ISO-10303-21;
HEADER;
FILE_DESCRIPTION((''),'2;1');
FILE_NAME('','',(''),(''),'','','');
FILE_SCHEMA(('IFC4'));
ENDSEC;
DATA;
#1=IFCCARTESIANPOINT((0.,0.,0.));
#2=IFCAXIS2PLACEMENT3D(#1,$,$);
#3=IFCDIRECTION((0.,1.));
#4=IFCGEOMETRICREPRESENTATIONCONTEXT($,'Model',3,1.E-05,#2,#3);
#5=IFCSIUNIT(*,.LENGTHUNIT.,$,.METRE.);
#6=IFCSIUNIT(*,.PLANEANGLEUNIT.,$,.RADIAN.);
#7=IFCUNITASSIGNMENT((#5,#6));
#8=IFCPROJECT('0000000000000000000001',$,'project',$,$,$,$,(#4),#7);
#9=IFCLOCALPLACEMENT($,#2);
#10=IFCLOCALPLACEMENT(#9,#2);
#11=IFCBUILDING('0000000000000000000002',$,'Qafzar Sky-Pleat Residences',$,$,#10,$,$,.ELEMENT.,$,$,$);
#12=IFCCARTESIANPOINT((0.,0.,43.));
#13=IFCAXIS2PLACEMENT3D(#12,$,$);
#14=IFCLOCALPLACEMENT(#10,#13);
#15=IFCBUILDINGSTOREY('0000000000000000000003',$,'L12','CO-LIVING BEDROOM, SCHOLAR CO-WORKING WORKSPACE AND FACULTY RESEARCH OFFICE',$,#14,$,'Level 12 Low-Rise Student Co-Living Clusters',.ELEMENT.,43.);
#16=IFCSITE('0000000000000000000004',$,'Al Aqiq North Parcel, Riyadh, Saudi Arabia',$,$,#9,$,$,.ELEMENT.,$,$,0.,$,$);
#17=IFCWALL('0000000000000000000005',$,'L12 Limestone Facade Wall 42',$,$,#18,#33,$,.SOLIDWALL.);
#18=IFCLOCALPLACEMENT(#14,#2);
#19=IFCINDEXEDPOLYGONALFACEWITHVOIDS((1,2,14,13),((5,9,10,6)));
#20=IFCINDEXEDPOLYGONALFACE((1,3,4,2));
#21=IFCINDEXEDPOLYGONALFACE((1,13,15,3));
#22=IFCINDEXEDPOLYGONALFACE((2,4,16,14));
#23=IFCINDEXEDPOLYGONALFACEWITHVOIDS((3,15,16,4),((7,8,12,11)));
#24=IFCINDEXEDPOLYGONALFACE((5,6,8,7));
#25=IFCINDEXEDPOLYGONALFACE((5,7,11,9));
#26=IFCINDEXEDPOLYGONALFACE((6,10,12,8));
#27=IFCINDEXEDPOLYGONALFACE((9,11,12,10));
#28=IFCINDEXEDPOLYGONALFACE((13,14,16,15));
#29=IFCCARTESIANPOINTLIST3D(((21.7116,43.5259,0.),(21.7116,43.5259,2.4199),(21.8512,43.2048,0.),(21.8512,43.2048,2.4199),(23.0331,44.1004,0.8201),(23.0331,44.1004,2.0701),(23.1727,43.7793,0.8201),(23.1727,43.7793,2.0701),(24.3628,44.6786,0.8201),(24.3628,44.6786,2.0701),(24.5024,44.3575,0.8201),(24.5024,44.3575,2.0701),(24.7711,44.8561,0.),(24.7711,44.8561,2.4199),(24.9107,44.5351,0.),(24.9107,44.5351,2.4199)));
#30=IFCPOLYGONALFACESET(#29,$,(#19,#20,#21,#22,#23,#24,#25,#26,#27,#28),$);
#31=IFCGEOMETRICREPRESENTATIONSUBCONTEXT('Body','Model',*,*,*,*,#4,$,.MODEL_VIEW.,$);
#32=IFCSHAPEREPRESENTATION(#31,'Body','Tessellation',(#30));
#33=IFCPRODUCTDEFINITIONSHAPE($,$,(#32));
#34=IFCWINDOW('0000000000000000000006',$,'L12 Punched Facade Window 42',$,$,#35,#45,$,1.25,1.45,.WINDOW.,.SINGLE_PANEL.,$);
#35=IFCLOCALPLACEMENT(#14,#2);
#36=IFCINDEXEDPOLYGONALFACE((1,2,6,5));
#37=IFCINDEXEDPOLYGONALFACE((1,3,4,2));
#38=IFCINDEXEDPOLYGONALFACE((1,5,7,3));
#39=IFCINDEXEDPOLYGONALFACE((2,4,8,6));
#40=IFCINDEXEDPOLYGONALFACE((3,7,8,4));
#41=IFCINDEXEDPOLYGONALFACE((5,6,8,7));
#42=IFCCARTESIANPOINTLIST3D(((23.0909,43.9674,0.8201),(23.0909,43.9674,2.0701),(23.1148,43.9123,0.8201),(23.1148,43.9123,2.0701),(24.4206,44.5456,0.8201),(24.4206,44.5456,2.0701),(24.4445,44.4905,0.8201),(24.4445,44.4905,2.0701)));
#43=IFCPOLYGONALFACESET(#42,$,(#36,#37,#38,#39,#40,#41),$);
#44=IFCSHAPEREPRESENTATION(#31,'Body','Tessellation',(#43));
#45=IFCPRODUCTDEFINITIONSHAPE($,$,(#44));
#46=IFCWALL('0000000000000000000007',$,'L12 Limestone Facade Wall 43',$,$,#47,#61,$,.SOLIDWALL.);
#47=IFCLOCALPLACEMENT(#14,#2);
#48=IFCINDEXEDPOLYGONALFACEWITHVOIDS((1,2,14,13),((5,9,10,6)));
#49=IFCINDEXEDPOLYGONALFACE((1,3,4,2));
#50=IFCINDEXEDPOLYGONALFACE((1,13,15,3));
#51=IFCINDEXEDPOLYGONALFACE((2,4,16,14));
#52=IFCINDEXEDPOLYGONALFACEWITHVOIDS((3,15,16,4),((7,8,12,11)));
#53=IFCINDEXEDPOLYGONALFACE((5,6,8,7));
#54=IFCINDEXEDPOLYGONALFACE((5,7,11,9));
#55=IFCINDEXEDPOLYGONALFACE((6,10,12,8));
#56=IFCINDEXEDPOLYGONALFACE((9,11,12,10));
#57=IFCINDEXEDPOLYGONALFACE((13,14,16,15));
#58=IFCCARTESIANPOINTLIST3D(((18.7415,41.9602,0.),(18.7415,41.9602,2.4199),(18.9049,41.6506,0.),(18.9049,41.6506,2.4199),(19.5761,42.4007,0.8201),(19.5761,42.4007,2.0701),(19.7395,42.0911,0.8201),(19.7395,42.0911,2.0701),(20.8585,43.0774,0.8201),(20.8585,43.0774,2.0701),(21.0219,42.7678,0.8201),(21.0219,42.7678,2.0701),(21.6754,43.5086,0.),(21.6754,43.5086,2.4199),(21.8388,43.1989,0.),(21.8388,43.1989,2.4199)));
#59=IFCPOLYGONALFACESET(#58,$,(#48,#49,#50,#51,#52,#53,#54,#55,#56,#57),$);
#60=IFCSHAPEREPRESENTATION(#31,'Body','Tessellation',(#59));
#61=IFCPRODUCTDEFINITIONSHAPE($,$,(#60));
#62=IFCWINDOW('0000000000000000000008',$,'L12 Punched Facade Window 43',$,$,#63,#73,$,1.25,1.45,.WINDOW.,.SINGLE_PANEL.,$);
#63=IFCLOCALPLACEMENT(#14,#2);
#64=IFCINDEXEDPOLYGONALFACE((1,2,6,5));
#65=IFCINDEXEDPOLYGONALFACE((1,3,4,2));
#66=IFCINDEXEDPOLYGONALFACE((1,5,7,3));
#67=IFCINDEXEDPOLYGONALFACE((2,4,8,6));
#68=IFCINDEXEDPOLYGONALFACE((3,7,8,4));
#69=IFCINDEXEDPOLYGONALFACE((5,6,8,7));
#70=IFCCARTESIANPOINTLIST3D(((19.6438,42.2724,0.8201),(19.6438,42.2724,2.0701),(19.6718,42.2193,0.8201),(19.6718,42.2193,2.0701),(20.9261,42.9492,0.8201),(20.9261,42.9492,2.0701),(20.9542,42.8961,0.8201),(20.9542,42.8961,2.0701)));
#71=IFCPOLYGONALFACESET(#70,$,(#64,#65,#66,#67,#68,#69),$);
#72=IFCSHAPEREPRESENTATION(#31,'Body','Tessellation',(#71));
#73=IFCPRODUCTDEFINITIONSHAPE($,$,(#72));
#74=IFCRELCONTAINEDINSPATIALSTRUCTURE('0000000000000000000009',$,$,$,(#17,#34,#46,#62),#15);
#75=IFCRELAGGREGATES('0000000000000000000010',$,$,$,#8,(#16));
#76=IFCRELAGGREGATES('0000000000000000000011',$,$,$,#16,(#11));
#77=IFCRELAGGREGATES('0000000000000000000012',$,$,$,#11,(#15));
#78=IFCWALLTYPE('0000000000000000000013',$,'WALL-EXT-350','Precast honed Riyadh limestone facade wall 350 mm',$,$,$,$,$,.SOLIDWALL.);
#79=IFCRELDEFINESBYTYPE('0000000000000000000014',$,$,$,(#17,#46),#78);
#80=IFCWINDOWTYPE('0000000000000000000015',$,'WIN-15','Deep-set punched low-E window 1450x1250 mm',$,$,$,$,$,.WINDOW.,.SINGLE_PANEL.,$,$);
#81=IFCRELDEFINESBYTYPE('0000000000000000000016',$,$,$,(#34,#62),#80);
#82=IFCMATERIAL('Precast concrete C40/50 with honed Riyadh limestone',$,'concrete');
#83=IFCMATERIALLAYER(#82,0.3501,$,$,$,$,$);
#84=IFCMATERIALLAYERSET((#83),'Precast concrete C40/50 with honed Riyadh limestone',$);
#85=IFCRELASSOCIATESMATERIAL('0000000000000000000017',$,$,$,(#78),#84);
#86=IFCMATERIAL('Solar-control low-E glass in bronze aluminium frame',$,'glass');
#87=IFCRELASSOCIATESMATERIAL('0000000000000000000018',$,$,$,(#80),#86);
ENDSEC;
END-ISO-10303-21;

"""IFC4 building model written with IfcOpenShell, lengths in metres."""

from ifc_helpers import new_model, si_unit, direction, frame, frame_2d, origin, place, context, subcontext, project, spatial, rectangle, extrude, source, transform, mapped, material, layer, layer_set, type_object, element, fill, save


model = new_model("IFC4")

# Units and contexts
model_context = context("Model", 3, precision=1e-05, world=origin(), true_north=direction((0.0, 1.0)))
body_context = subcontext(model_context, "Body", "Model", "MODEL_VIEW")
ifc_project = project(units=[si_unit("LENGTHUNIT", "METRE"), si_unit("PLANEANGLEUNIT", "RADIAN")], contexts=[model_context])

# Site, building, storey
site_placement = place(None, origin())
site = spatial("IfcSite", under=ifc_project, at=site_placement, Name="Al Aqiq North Parcel, Riyadh, Saudi Arabia", CompositionType="ELEMENT", RefElevation=0.0)
building_placement = place(site_placement, origin())
building = spatial("IfcBuilding", under=site, at=building_placement, Name="Qafzar Sky-Pleat Residences", CompositionType="ELEMENT")
storey_placement = place(building_placement, frame((0.0, 0.0, 43.0)))
storey = spatial("IfcBuildingStorey", under=building, at=storey_placement, Name="L12", Description="CO-LIVING BEDROOM, SCHOLAR CO-WORKING WORKSPACE AND FACULTY RESEARCH OFFICE", LongName="Level 12 Low-Rise Student Co-Living Clusters", CompositionType="ELEMENT", Elevation=43.0)

# Shared definitions
ifc_material_1 = material(Name="Precast concrete C40/50 with honed Riyadh limestone", Category="concrete")
ifc_layer_1 = layer(ifc_material_1, 0.3501)
ifc_layer_set_1 = layer_set([ifc_layer_1], Name="Precast concrete C40/50 with honed Riyadh limestone")
wall_type_1 = type_object("IfcWallType", Name="WALL-EXT-350", Description="Precast honed Riyadh limestone facade wall 350 mm", PredefinedType="SOLIDWALL", material=ifc_layer_set_1)

# Walls, openings, windows
wall_1_placement = place(storey_placement, frame((24.8408, 44.6956, 0.0), z_axis=(0.0, 0.0, 1.0), x_axis=(-0.917062, -0.398745, 0.0)))
wall_1 = element("IfcWall", 1, at=wall_1_placement, inside=storey, type_object=wall_type_1, Name="L12 Limestone Facade Wall 42", PredefinedType="SOLIDWALL", context=body_context, shape_type="SweptSolid", body=[
    extrude(rectangle(XDim=3.3362, YDim=0.3501, at=frame_2d((1.668, 0.0))), origin(), (0.0, 0.0, 1.0), 2.4199),
])
opening_1_placement = place(wall_1_placement, frame((0.4451, 0.0, 0.8201)))
opening_1 = element("IfcOpeningElement", 2, at=opening_1_placement, cuts=wall_1, PredefinedType="OPENING", context=body_context, shape_type="SweptSolid", body=[
    extrude(rectangle(XDim=1.45, YDim=1.25, at=frame_2d((0.7251, 0.625))), frame((0.0, 0.1851, 0.0), z_axis=(0.0, -1.0, 0.0), x_axis=(1.0, 0.0, 0.0)), (0.0, 0.0, 1.0), 0.3701),
])
ifc_material_2 = material(Name="Solar-control low-E glass in bronze aluminium frame", Category="glass")
window_type = type_object("IfcWindowType", Name="WIN-15", Description="Deep-set punched low-E window 1450x1250 mm", PartitioningType="SINGLE_PANEL", PredefinedType="WINDOW", material=ifc_material_2)
shared_shape_1 = source(origin(), body_context, "Body", "SweptSolid", [
    extrude(rectangle(XDim=1.45, YDim=1.25, at=frame_2d((0.7251, 0.625))), frame((0.0, 0.03, 0.0), z_axis=(0.0, -1.0, 0.0), x_axis=(1.0, 0.0, 0.0)), (0.0, 0.0, 1.0), 0.0601),
])
window_1_placement = place(opening_1_placement, origin())
window_1 = element("IfcWindow", 3, at=window_1_placement, inside=storey, type_object=window_type, Name="L12 Punched Facade Window 42", OverallHeight=1.25, OverallWidth=1.45, PartitioningType="SINGLE_PANEL", PredefinedType="WINDOW", context=body_context, shape_type="MappedRepresentation", body=[
    mapped(shared_shape_1, transform((0.0, 0.0, 0.0), x_axis=(1.0, 0.0, 0.0), y_axis=(0.0, 1.0, 0.0), z_axis=(0.0, 0.0, 1.0), scale=1.0)),
])
fill(opening_1, window_1)
wall_2_placement = place(storey_placement, frame((21.7571, 43.3538, 0.0), z_axis=(0.0, 0.0, 1.0), x_axis=(-0.884394, -0.466741, 0.0)))
wall_2 = element("IfcWall", 4, at=wall_2_placement, inside=storey, type_object=wall_type_1, Name="L12 Limestone Facade Wall 43", PredefinedType="SOLIDWALL", context=body_context, shape_type="SweptSolid", body=[
    extrude(rectangle(XDim=3.3174, YDim=0.3501, at=frame_2d((1.6587, 0.0))), origin(), (0.0, 0.0, 1.0), 2.4199),
])
opening_2_placement = place(wall_2_placement, frame((0.9236, 0.0, 0.8201)))
opening_2 = element("IfcOpeningElement", 5, at=opening_2_placement, cuts=wall_2, PredefinedType="OPENING", context=body_context, shape_type="SweptSolid", body=[
    extrude(rectangle(XDim=1.45, YDim=1.25, at=frame_2d((0.7251, 0.625))), frame((0.0, 0.1851, 0.0), z_axis=(0.0, -1.0, 0.0), x_axis=(1.0, 0.0, 0.0)), (0.0, 0.0, 1.0), 0.3701),
])
window_2_placement = place(opening_2_placement, origin())
window_2 = element("IfcWindow", 6, at=window_2_placement, inside=storey, type_object=window_type, Name="L12 Punched Facade Window 43", OverallHeight=1.25, OverallWidth=1.45, PartitioningType="SINGLE_PANEL", PredefinedType="WINDOW", context=body_context, shape_type="MappedRepresentation", body=[
    mapped(shared_shape_1, transform((0.0, 0.0, 0.0), x_axis=(1.0, 0.0, 0.0), y_axis=(0.0, 1.0, 0.0), z_axis=(0.0, 0.0, 1.0), scale=1.0)),
])
fill(opening_2, window_2)

save(model, "model.ifc")
